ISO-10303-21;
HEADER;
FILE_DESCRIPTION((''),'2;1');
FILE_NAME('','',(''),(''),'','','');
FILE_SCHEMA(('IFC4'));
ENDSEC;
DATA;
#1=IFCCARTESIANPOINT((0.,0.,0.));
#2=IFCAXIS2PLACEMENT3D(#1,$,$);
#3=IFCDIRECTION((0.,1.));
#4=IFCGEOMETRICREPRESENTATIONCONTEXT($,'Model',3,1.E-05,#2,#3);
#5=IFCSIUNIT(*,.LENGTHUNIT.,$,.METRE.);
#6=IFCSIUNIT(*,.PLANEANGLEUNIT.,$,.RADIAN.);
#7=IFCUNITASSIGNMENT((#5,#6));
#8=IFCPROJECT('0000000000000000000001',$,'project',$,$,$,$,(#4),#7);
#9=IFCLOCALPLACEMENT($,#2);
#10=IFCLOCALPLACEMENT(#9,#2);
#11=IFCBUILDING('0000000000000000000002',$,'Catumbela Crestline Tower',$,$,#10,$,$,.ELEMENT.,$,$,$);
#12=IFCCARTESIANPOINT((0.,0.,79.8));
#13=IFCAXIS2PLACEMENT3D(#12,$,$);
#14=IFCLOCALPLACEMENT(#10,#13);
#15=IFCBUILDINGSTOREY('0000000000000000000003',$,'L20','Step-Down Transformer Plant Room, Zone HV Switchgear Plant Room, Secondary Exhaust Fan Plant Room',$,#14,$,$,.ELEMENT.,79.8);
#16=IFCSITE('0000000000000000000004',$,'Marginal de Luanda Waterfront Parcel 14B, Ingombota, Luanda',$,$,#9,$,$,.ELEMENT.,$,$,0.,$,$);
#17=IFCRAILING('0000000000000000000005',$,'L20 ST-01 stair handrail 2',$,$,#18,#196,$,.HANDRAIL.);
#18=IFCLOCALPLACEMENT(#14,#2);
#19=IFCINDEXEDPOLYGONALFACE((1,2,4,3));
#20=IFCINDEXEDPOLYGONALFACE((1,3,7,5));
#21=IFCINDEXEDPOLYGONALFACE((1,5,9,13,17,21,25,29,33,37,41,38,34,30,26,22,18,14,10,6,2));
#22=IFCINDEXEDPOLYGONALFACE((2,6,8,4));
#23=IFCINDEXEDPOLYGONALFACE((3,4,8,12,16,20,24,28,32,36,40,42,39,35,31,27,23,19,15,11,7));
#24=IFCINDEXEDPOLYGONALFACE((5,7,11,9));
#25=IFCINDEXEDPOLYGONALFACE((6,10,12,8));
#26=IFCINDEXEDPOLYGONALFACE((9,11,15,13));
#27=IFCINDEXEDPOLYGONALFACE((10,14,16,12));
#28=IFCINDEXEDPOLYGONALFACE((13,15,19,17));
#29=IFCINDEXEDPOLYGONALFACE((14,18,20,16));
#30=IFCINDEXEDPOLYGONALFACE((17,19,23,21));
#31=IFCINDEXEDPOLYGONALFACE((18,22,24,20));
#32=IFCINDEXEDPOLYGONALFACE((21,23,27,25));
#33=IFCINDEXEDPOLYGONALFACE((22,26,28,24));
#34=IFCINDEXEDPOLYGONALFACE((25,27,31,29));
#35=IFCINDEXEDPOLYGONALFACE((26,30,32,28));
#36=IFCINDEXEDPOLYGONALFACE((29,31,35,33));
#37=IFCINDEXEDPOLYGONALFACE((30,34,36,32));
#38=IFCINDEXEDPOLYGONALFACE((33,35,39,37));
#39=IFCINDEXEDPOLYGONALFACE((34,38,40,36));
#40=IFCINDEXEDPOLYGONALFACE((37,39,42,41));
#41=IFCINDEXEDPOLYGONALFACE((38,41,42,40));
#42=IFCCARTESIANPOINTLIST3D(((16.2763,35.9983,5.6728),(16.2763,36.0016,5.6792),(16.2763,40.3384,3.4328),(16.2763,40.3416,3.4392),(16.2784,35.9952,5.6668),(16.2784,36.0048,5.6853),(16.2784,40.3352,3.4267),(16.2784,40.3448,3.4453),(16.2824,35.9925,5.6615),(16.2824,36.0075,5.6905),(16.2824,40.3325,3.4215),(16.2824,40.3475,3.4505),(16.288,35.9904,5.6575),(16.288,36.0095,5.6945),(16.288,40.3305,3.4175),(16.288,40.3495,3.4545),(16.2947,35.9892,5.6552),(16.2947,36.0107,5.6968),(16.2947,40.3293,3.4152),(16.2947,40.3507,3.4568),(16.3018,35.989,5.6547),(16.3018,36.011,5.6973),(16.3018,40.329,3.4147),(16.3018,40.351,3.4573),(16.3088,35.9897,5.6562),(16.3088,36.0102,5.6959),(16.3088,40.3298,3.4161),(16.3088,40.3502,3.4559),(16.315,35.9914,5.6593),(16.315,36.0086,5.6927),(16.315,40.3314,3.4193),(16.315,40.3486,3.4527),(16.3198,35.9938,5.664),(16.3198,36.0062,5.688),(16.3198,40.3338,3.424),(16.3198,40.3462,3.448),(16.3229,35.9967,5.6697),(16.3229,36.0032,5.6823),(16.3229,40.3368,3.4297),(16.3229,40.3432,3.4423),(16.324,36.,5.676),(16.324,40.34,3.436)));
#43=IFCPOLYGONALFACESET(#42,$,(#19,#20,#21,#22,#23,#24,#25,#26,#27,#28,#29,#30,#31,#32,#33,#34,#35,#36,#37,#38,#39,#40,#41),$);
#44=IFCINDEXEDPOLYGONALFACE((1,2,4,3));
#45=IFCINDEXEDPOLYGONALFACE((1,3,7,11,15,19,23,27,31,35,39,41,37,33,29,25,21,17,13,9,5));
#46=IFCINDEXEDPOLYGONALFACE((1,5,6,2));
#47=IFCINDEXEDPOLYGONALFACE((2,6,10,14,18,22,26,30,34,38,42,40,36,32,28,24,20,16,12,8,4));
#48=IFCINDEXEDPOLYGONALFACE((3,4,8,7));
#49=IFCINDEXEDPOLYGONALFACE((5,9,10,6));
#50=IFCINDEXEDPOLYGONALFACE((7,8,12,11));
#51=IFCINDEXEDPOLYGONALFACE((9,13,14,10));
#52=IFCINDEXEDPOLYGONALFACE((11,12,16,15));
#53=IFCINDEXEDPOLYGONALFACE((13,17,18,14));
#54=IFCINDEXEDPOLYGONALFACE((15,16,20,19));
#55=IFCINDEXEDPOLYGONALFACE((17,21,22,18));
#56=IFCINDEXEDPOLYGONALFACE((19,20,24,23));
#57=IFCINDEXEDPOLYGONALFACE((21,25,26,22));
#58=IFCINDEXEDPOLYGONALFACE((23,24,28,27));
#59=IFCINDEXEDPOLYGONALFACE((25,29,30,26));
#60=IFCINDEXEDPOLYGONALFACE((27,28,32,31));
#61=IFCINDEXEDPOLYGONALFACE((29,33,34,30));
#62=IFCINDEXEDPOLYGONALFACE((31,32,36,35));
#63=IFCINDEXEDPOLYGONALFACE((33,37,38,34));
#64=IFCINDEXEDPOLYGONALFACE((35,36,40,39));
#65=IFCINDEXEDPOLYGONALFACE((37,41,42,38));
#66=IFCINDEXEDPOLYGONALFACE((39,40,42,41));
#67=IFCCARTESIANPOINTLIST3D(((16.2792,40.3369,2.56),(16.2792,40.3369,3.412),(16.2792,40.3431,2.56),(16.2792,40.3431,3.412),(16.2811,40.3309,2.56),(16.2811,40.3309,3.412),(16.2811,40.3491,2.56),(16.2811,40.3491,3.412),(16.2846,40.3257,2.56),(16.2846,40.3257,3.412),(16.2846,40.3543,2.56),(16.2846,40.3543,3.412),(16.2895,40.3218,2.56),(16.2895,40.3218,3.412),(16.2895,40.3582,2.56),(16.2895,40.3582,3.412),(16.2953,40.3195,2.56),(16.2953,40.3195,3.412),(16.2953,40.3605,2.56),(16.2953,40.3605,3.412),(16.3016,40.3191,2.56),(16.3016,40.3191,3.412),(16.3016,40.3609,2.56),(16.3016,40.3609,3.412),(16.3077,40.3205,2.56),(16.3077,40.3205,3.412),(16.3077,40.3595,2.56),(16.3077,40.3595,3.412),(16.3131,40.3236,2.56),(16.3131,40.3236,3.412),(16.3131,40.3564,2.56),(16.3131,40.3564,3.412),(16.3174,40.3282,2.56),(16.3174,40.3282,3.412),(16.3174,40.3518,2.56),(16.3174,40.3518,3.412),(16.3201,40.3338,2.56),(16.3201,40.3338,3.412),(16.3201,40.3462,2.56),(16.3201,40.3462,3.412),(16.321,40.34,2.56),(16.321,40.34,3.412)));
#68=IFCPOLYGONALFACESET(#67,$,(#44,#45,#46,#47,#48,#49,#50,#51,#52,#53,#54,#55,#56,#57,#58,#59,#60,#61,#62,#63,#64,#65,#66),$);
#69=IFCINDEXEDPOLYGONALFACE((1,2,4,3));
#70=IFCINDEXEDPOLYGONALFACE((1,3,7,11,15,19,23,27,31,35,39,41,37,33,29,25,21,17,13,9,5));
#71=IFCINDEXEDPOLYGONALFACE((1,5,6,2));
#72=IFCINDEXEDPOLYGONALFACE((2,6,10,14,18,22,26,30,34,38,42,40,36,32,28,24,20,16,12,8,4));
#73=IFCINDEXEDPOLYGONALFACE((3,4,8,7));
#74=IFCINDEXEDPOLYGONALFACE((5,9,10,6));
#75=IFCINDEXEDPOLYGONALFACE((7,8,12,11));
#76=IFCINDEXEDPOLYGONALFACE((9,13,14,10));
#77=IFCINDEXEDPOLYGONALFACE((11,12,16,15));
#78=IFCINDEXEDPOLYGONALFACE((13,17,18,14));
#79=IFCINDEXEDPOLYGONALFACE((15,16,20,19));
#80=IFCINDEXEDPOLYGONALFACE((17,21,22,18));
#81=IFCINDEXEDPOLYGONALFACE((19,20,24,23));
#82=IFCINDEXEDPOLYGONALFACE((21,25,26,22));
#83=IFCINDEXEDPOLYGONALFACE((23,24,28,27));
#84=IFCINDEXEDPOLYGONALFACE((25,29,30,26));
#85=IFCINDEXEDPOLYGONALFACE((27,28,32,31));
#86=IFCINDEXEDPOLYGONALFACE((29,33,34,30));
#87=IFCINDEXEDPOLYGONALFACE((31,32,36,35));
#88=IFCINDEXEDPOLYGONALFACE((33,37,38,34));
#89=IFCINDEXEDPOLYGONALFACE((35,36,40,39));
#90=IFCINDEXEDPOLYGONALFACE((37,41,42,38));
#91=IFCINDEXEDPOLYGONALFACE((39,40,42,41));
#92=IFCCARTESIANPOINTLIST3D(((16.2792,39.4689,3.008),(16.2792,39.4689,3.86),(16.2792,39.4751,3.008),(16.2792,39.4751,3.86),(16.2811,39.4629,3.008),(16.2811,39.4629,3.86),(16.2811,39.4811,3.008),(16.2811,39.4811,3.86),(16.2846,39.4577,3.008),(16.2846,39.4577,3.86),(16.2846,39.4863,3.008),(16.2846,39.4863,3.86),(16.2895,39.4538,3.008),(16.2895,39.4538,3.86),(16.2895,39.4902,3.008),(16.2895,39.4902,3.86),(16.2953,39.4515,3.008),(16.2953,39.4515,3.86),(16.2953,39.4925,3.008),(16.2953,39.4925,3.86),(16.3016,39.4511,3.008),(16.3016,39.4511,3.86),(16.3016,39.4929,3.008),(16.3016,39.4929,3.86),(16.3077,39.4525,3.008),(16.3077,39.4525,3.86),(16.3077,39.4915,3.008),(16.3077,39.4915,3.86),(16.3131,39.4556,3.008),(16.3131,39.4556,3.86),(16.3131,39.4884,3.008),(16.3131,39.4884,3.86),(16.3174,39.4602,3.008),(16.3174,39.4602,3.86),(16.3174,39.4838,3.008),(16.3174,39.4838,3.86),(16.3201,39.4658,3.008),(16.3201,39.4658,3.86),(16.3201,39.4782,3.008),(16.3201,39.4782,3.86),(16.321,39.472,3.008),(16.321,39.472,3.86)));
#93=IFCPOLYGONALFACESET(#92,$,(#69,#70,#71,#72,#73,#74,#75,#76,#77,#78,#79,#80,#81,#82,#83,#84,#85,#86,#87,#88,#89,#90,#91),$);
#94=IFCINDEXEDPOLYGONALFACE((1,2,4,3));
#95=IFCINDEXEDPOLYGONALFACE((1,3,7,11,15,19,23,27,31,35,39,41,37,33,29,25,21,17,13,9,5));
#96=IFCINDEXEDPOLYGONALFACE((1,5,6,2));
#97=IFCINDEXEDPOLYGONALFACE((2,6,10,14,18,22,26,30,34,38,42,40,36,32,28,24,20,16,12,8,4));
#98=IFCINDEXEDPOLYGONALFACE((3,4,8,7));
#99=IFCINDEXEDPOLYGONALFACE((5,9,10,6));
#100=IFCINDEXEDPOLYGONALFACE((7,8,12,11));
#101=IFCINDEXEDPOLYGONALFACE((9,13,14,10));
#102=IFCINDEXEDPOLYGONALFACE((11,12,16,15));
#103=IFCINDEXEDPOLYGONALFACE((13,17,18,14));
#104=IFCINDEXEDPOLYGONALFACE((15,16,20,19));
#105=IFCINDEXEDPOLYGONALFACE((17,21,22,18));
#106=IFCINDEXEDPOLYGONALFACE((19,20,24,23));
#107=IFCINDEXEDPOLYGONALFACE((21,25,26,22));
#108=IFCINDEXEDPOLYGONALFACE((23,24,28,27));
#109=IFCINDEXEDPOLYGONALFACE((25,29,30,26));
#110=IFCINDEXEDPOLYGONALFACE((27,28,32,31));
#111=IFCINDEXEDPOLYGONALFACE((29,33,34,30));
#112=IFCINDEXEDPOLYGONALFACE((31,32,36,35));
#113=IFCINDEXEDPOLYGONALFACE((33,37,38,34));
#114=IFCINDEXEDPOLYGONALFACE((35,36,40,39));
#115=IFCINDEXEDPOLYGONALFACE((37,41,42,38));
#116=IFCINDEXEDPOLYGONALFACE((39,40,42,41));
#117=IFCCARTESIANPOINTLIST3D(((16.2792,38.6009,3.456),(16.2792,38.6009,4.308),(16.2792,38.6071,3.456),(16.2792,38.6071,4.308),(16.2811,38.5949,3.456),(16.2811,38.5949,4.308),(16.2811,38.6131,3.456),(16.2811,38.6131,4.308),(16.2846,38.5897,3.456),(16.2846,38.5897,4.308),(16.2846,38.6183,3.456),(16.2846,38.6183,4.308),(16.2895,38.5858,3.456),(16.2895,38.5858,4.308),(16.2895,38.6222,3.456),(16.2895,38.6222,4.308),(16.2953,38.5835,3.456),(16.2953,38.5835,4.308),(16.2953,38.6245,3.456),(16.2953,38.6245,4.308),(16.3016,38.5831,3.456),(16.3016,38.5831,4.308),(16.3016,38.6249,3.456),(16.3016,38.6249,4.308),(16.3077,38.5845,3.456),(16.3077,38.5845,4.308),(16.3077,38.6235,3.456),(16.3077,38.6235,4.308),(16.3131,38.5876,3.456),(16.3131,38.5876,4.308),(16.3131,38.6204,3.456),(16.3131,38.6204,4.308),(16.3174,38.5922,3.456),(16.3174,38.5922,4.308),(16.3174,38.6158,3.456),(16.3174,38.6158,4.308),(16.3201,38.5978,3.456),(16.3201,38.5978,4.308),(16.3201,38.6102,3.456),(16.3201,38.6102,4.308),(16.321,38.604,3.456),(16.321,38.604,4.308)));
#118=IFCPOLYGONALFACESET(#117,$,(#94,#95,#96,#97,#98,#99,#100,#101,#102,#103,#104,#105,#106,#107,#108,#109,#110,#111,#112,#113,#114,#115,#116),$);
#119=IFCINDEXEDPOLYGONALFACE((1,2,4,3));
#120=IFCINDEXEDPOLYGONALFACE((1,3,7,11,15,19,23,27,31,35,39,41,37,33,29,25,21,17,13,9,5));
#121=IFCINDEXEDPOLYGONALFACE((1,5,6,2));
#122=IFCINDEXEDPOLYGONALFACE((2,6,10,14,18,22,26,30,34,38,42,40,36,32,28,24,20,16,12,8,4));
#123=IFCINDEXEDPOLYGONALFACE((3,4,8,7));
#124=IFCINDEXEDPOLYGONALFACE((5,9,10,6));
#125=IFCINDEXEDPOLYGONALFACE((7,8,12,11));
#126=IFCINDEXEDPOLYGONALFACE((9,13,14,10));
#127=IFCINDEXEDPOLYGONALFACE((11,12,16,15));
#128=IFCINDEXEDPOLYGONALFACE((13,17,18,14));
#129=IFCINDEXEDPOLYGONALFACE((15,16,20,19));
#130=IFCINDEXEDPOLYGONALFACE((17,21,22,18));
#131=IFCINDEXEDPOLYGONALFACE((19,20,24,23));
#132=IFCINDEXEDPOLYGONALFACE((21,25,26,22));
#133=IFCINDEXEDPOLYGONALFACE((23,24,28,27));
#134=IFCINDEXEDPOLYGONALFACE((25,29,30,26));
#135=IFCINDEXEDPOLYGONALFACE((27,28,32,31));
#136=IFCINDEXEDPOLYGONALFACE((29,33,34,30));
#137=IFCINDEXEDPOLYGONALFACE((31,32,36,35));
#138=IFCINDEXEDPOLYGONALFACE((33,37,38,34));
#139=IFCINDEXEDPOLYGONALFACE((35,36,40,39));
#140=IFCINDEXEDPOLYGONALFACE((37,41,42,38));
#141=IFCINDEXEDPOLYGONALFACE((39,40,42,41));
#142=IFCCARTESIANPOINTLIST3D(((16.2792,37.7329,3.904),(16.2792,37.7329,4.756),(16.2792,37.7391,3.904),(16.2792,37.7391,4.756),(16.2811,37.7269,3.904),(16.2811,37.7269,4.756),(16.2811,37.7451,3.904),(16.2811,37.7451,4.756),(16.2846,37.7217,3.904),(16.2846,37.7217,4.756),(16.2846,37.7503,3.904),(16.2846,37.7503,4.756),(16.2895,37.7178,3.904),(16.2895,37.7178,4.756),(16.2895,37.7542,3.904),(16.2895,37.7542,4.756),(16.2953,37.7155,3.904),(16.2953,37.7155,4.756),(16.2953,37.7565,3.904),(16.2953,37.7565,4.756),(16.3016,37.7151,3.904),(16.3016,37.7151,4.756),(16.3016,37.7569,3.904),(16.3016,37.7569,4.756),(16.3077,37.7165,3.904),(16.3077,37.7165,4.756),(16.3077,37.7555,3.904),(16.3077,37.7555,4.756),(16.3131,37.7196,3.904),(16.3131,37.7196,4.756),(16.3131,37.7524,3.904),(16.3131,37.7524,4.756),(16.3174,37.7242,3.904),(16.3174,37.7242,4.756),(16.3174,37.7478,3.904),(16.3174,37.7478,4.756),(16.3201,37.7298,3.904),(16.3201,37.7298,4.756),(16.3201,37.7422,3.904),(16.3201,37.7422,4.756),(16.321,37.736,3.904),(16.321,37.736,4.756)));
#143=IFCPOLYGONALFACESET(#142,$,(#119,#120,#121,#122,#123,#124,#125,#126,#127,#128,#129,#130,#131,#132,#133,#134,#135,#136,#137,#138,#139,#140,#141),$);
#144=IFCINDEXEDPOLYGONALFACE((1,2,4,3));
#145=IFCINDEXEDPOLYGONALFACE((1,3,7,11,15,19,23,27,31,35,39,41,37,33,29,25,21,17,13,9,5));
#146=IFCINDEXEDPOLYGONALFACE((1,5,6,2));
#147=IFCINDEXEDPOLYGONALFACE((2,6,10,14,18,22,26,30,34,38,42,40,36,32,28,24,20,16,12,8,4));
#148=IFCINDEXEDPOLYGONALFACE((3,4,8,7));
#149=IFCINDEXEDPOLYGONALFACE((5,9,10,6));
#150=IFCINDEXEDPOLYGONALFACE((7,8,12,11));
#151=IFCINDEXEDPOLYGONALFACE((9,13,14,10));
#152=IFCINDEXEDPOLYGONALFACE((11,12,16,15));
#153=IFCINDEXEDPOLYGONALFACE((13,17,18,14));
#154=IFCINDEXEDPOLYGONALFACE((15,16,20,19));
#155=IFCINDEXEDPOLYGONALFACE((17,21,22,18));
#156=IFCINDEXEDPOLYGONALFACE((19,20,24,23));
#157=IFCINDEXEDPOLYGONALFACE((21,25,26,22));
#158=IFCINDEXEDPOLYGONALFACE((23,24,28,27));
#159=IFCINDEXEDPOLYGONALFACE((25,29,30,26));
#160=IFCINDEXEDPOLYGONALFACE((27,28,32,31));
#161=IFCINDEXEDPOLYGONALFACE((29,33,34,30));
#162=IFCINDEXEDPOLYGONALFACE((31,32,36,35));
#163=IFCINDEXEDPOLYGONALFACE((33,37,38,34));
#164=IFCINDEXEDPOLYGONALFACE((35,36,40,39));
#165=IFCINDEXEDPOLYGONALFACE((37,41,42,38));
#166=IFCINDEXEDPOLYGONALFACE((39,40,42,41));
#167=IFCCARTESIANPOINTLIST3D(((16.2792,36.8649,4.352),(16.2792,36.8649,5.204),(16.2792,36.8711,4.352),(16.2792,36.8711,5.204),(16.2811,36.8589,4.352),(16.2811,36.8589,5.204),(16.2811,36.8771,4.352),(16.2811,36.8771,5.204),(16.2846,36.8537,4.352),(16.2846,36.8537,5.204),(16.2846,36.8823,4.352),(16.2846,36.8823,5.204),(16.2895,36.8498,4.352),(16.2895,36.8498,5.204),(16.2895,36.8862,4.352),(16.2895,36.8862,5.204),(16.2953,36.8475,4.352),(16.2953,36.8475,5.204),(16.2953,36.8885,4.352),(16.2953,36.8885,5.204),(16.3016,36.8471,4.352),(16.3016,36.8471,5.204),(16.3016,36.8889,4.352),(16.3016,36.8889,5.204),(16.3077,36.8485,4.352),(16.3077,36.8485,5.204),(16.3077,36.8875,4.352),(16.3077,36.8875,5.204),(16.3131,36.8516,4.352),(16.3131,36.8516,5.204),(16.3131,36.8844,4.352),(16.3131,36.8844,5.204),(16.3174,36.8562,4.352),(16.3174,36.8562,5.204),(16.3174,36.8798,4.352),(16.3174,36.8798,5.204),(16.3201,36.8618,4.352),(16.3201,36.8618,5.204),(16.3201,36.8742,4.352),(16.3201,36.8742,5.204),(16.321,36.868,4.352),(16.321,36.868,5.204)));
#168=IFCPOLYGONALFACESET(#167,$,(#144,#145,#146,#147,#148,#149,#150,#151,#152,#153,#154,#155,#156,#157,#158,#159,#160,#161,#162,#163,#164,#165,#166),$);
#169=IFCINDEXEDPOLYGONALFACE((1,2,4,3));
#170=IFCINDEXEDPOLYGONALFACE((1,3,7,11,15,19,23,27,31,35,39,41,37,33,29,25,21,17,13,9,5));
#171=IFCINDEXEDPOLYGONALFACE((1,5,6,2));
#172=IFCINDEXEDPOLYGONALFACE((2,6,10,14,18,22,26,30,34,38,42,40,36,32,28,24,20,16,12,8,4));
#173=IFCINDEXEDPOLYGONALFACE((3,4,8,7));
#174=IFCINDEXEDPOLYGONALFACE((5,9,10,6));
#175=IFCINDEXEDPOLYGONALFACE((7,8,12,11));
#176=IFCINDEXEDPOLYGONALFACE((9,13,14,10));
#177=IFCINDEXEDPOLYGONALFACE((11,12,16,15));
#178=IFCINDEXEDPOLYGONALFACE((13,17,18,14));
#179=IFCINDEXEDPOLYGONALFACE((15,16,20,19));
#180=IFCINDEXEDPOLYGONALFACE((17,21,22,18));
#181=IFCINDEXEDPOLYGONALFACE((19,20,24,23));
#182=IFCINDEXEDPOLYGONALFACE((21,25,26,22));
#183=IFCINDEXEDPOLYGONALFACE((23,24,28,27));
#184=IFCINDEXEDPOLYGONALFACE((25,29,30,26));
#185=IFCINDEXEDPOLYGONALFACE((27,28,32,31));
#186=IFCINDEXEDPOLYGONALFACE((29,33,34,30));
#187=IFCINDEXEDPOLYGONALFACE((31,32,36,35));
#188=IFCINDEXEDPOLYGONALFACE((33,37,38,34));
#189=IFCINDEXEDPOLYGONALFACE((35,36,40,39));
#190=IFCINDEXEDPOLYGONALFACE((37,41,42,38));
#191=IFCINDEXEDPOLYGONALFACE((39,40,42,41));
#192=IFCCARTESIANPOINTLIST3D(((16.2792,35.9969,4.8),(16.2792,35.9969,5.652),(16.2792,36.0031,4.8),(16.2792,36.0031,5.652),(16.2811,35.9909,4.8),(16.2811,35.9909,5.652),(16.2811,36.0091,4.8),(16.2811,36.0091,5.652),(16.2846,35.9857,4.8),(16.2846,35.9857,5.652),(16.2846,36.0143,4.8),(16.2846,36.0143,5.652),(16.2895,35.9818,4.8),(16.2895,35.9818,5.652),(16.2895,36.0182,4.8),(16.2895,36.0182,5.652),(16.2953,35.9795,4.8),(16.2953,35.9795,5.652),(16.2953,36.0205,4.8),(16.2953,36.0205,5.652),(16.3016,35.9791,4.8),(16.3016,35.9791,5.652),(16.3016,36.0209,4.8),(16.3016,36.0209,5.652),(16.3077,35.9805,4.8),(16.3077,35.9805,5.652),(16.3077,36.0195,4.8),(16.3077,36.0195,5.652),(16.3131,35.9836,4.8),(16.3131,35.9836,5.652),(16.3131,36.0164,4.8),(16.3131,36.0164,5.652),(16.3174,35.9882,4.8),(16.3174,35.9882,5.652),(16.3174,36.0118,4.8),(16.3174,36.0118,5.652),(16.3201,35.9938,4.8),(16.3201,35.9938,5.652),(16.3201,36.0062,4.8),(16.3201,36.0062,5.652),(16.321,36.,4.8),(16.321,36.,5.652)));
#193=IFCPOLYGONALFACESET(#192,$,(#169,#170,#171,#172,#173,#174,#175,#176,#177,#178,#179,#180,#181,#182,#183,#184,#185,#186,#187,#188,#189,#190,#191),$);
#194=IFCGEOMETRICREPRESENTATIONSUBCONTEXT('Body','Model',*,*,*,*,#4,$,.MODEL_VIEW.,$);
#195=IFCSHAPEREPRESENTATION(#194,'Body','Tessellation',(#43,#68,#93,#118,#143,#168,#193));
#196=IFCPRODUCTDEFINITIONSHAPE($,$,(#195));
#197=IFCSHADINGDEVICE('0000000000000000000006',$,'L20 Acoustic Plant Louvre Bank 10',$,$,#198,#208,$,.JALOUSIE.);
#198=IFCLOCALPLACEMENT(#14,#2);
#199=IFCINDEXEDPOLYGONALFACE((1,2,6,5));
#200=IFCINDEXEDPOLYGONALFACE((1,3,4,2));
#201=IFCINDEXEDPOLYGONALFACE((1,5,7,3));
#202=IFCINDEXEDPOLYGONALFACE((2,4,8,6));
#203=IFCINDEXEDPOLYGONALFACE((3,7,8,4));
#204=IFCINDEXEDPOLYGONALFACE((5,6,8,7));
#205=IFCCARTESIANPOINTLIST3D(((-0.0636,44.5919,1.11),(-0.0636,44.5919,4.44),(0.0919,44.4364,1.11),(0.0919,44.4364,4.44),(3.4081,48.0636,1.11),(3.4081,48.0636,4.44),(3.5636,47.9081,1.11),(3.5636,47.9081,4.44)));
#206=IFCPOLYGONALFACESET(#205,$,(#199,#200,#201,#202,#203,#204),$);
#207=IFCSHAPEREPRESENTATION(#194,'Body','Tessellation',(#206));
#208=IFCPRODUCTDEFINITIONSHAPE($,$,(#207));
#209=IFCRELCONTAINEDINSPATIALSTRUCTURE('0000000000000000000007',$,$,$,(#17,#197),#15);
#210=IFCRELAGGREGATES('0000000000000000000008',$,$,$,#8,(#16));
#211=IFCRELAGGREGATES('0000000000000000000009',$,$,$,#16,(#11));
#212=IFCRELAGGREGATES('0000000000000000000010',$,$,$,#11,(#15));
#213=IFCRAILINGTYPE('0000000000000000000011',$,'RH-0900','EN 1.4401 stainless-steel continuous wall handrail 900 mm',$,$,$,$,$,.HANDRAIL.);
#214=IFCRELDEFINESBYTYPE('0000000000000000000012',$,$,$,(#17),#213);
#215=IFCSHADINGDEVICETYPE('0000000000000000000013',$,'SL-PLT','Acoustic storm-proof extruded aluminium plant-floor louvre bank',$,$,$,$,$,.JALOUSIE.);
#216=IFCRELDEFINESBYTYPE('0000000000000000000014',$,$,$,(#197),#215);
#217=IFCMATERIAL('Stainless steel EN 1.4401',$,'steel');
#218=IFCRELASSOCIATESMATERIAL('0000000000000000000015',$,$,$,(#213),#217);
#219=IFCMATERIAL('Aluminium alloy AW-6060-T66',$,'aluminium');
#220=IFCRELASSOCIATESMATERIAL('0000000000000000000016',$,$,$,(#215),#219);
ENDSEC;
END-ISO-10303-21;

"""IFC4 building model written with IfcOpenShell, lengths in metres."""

from ifc_helpers import new_model, si_unit, direction, frame, origin, origin_2d, place, context, subcontext, project, spatial, rectangle, circle, extrude, material, type_object, element, save


model = new_model("IFC4")

# Units and contexts
model_context = context("Model", 3, precision=1e-05, world=origin(), true_north=direction((0.0, 1.0)))
body_context = subcontext(model_context, "Body", "Model", "MODEL_VIEW")
ifc_project = project(units=[si_unit("LENGTHUNIT", "METRE"), si_unit("PLANEANGLEUNIT", "RADIAN")], contexts=[model_context])

# Site, building, storey
site_placement = place(None, origin())
site = spatial("IfcSite", under=ifc_project, at=site_placement, Name="Marginal de Luanda Waterfront Parcel 14B, Ingombota, Luanda", CompositionType="ELEMENT", RefElevation=0.0)
building_placement = place(site_placement, origin())
building = spatial("IfcBuilding", under=site, at=building_placement, Name="Catumbela Crestline Tower", CompositionType="ELEMENT")
storey_placement = place(building_placement, frame((0.0, 0.0, 79.8)))
storey = spatial("IfcBuildingStorey", under=building, at=storey_placement, Name="L20", Description="Step-Down Transformer Plant Room, Zone HV Switchgear Plant Room, Secondary Exhaust Fan Plant Room", CompositionType="ELEMENT", Elevation=79.8)

# Shared definitions
ifc_material_1 = material(Name="Stainless steel EN 1.4401", Category="steel")

# Railing
railing_type = type_object("IfcRailingType", Name="RH-0900", Description="EN 1.4401 stainless-steel continuous wall handrail 900 mm", PredefinedType="HANDRAIL", material=ifc_material_1)
railing_placement = place(storey_placement, frame((16.3, 40.34, 2.56)))
element("IfcRailing", 1, at=railing_placement, inside=storey, type_object=railing_type, Name="L20 ST-01 stair handrail 2", PredefinedType="HANDRAIL", context=body_context, shape_type="SweptSolid", body=[
    extrude(circle(Radius=0.024, at=origin_2d()), frame((0.0, 0.0, 0.876), z_axis=(0.0, -0.888621, 0.458643), x_axis=(1.0, 0.0, 0.0)), (0.0, 0.0, 1.0), 4.884),
    extrude(circle(Radius=0.021, at=origin_2d()), origin(), (0.0, 0.0, 1.0), 0.852),
    extrude(circle(Radius=0.021, at=origin_2d()), frame((0.0, -0.868, 0.448)), (0.0, 0.0, 1.0), 0.852),
    extrude(circle(Radius=0.021, at=origin_2d()), frame((0.0, -1.736, 0.896)), (0.0, 0.0, 1.0), 0.852),
    extrude(circle(Radius=0.021, at=origin_2d()), frame((0.0, -2.604, 1.344)), (0.0, 0.0, 1.0), 0.852),
    extrude(circle(Radius=0.021, at=origin_2d()), frame((0.0, -3.472, 1.792)), (0.0, 0.0, 1.0), 0.852),
    extrude(circle(Radius=0.021, at=origin_2d()), frame((0.0, -4.34, 2.24)), (0.0, 0.0, 1.0), 0.852),
])

# Shading device
ifc_material_2 = material(Name="Aluminium alloy AW-6060-T66", Category="aluminium")
shading_device_type = type_object("IfcShadingDeviceType", Name="SL-PLT", Description="Acoustic storm-proof extruded aluminium plant-floor louvre bank", PredefinedType="JALOUSIE", material=ifc_material_2)
shading_device_placement = place(storey_placement, frame((1.75, 46.25, 1.11), z_axis=(0.0, 0.0, 1.0), x_axis=(-0.707107, -0.707107, 0.0)))
element("IfcShadingDevice", 2, at=shading_device_placement, inside=storey, type_object=shading_device_type, Name="L20 Acoustic Plant Louvre Bank 10", PredefinedType="JALOUSIE", context=body_context, shape_type="SweptSolid", body=[
    extrude(rectangle(XDim=4.9097, YDim=0.22, at=origin_2d()), origin(), (0.0, 0.0, 1.0), 3.33),
])

save(model, "model.ifc")
